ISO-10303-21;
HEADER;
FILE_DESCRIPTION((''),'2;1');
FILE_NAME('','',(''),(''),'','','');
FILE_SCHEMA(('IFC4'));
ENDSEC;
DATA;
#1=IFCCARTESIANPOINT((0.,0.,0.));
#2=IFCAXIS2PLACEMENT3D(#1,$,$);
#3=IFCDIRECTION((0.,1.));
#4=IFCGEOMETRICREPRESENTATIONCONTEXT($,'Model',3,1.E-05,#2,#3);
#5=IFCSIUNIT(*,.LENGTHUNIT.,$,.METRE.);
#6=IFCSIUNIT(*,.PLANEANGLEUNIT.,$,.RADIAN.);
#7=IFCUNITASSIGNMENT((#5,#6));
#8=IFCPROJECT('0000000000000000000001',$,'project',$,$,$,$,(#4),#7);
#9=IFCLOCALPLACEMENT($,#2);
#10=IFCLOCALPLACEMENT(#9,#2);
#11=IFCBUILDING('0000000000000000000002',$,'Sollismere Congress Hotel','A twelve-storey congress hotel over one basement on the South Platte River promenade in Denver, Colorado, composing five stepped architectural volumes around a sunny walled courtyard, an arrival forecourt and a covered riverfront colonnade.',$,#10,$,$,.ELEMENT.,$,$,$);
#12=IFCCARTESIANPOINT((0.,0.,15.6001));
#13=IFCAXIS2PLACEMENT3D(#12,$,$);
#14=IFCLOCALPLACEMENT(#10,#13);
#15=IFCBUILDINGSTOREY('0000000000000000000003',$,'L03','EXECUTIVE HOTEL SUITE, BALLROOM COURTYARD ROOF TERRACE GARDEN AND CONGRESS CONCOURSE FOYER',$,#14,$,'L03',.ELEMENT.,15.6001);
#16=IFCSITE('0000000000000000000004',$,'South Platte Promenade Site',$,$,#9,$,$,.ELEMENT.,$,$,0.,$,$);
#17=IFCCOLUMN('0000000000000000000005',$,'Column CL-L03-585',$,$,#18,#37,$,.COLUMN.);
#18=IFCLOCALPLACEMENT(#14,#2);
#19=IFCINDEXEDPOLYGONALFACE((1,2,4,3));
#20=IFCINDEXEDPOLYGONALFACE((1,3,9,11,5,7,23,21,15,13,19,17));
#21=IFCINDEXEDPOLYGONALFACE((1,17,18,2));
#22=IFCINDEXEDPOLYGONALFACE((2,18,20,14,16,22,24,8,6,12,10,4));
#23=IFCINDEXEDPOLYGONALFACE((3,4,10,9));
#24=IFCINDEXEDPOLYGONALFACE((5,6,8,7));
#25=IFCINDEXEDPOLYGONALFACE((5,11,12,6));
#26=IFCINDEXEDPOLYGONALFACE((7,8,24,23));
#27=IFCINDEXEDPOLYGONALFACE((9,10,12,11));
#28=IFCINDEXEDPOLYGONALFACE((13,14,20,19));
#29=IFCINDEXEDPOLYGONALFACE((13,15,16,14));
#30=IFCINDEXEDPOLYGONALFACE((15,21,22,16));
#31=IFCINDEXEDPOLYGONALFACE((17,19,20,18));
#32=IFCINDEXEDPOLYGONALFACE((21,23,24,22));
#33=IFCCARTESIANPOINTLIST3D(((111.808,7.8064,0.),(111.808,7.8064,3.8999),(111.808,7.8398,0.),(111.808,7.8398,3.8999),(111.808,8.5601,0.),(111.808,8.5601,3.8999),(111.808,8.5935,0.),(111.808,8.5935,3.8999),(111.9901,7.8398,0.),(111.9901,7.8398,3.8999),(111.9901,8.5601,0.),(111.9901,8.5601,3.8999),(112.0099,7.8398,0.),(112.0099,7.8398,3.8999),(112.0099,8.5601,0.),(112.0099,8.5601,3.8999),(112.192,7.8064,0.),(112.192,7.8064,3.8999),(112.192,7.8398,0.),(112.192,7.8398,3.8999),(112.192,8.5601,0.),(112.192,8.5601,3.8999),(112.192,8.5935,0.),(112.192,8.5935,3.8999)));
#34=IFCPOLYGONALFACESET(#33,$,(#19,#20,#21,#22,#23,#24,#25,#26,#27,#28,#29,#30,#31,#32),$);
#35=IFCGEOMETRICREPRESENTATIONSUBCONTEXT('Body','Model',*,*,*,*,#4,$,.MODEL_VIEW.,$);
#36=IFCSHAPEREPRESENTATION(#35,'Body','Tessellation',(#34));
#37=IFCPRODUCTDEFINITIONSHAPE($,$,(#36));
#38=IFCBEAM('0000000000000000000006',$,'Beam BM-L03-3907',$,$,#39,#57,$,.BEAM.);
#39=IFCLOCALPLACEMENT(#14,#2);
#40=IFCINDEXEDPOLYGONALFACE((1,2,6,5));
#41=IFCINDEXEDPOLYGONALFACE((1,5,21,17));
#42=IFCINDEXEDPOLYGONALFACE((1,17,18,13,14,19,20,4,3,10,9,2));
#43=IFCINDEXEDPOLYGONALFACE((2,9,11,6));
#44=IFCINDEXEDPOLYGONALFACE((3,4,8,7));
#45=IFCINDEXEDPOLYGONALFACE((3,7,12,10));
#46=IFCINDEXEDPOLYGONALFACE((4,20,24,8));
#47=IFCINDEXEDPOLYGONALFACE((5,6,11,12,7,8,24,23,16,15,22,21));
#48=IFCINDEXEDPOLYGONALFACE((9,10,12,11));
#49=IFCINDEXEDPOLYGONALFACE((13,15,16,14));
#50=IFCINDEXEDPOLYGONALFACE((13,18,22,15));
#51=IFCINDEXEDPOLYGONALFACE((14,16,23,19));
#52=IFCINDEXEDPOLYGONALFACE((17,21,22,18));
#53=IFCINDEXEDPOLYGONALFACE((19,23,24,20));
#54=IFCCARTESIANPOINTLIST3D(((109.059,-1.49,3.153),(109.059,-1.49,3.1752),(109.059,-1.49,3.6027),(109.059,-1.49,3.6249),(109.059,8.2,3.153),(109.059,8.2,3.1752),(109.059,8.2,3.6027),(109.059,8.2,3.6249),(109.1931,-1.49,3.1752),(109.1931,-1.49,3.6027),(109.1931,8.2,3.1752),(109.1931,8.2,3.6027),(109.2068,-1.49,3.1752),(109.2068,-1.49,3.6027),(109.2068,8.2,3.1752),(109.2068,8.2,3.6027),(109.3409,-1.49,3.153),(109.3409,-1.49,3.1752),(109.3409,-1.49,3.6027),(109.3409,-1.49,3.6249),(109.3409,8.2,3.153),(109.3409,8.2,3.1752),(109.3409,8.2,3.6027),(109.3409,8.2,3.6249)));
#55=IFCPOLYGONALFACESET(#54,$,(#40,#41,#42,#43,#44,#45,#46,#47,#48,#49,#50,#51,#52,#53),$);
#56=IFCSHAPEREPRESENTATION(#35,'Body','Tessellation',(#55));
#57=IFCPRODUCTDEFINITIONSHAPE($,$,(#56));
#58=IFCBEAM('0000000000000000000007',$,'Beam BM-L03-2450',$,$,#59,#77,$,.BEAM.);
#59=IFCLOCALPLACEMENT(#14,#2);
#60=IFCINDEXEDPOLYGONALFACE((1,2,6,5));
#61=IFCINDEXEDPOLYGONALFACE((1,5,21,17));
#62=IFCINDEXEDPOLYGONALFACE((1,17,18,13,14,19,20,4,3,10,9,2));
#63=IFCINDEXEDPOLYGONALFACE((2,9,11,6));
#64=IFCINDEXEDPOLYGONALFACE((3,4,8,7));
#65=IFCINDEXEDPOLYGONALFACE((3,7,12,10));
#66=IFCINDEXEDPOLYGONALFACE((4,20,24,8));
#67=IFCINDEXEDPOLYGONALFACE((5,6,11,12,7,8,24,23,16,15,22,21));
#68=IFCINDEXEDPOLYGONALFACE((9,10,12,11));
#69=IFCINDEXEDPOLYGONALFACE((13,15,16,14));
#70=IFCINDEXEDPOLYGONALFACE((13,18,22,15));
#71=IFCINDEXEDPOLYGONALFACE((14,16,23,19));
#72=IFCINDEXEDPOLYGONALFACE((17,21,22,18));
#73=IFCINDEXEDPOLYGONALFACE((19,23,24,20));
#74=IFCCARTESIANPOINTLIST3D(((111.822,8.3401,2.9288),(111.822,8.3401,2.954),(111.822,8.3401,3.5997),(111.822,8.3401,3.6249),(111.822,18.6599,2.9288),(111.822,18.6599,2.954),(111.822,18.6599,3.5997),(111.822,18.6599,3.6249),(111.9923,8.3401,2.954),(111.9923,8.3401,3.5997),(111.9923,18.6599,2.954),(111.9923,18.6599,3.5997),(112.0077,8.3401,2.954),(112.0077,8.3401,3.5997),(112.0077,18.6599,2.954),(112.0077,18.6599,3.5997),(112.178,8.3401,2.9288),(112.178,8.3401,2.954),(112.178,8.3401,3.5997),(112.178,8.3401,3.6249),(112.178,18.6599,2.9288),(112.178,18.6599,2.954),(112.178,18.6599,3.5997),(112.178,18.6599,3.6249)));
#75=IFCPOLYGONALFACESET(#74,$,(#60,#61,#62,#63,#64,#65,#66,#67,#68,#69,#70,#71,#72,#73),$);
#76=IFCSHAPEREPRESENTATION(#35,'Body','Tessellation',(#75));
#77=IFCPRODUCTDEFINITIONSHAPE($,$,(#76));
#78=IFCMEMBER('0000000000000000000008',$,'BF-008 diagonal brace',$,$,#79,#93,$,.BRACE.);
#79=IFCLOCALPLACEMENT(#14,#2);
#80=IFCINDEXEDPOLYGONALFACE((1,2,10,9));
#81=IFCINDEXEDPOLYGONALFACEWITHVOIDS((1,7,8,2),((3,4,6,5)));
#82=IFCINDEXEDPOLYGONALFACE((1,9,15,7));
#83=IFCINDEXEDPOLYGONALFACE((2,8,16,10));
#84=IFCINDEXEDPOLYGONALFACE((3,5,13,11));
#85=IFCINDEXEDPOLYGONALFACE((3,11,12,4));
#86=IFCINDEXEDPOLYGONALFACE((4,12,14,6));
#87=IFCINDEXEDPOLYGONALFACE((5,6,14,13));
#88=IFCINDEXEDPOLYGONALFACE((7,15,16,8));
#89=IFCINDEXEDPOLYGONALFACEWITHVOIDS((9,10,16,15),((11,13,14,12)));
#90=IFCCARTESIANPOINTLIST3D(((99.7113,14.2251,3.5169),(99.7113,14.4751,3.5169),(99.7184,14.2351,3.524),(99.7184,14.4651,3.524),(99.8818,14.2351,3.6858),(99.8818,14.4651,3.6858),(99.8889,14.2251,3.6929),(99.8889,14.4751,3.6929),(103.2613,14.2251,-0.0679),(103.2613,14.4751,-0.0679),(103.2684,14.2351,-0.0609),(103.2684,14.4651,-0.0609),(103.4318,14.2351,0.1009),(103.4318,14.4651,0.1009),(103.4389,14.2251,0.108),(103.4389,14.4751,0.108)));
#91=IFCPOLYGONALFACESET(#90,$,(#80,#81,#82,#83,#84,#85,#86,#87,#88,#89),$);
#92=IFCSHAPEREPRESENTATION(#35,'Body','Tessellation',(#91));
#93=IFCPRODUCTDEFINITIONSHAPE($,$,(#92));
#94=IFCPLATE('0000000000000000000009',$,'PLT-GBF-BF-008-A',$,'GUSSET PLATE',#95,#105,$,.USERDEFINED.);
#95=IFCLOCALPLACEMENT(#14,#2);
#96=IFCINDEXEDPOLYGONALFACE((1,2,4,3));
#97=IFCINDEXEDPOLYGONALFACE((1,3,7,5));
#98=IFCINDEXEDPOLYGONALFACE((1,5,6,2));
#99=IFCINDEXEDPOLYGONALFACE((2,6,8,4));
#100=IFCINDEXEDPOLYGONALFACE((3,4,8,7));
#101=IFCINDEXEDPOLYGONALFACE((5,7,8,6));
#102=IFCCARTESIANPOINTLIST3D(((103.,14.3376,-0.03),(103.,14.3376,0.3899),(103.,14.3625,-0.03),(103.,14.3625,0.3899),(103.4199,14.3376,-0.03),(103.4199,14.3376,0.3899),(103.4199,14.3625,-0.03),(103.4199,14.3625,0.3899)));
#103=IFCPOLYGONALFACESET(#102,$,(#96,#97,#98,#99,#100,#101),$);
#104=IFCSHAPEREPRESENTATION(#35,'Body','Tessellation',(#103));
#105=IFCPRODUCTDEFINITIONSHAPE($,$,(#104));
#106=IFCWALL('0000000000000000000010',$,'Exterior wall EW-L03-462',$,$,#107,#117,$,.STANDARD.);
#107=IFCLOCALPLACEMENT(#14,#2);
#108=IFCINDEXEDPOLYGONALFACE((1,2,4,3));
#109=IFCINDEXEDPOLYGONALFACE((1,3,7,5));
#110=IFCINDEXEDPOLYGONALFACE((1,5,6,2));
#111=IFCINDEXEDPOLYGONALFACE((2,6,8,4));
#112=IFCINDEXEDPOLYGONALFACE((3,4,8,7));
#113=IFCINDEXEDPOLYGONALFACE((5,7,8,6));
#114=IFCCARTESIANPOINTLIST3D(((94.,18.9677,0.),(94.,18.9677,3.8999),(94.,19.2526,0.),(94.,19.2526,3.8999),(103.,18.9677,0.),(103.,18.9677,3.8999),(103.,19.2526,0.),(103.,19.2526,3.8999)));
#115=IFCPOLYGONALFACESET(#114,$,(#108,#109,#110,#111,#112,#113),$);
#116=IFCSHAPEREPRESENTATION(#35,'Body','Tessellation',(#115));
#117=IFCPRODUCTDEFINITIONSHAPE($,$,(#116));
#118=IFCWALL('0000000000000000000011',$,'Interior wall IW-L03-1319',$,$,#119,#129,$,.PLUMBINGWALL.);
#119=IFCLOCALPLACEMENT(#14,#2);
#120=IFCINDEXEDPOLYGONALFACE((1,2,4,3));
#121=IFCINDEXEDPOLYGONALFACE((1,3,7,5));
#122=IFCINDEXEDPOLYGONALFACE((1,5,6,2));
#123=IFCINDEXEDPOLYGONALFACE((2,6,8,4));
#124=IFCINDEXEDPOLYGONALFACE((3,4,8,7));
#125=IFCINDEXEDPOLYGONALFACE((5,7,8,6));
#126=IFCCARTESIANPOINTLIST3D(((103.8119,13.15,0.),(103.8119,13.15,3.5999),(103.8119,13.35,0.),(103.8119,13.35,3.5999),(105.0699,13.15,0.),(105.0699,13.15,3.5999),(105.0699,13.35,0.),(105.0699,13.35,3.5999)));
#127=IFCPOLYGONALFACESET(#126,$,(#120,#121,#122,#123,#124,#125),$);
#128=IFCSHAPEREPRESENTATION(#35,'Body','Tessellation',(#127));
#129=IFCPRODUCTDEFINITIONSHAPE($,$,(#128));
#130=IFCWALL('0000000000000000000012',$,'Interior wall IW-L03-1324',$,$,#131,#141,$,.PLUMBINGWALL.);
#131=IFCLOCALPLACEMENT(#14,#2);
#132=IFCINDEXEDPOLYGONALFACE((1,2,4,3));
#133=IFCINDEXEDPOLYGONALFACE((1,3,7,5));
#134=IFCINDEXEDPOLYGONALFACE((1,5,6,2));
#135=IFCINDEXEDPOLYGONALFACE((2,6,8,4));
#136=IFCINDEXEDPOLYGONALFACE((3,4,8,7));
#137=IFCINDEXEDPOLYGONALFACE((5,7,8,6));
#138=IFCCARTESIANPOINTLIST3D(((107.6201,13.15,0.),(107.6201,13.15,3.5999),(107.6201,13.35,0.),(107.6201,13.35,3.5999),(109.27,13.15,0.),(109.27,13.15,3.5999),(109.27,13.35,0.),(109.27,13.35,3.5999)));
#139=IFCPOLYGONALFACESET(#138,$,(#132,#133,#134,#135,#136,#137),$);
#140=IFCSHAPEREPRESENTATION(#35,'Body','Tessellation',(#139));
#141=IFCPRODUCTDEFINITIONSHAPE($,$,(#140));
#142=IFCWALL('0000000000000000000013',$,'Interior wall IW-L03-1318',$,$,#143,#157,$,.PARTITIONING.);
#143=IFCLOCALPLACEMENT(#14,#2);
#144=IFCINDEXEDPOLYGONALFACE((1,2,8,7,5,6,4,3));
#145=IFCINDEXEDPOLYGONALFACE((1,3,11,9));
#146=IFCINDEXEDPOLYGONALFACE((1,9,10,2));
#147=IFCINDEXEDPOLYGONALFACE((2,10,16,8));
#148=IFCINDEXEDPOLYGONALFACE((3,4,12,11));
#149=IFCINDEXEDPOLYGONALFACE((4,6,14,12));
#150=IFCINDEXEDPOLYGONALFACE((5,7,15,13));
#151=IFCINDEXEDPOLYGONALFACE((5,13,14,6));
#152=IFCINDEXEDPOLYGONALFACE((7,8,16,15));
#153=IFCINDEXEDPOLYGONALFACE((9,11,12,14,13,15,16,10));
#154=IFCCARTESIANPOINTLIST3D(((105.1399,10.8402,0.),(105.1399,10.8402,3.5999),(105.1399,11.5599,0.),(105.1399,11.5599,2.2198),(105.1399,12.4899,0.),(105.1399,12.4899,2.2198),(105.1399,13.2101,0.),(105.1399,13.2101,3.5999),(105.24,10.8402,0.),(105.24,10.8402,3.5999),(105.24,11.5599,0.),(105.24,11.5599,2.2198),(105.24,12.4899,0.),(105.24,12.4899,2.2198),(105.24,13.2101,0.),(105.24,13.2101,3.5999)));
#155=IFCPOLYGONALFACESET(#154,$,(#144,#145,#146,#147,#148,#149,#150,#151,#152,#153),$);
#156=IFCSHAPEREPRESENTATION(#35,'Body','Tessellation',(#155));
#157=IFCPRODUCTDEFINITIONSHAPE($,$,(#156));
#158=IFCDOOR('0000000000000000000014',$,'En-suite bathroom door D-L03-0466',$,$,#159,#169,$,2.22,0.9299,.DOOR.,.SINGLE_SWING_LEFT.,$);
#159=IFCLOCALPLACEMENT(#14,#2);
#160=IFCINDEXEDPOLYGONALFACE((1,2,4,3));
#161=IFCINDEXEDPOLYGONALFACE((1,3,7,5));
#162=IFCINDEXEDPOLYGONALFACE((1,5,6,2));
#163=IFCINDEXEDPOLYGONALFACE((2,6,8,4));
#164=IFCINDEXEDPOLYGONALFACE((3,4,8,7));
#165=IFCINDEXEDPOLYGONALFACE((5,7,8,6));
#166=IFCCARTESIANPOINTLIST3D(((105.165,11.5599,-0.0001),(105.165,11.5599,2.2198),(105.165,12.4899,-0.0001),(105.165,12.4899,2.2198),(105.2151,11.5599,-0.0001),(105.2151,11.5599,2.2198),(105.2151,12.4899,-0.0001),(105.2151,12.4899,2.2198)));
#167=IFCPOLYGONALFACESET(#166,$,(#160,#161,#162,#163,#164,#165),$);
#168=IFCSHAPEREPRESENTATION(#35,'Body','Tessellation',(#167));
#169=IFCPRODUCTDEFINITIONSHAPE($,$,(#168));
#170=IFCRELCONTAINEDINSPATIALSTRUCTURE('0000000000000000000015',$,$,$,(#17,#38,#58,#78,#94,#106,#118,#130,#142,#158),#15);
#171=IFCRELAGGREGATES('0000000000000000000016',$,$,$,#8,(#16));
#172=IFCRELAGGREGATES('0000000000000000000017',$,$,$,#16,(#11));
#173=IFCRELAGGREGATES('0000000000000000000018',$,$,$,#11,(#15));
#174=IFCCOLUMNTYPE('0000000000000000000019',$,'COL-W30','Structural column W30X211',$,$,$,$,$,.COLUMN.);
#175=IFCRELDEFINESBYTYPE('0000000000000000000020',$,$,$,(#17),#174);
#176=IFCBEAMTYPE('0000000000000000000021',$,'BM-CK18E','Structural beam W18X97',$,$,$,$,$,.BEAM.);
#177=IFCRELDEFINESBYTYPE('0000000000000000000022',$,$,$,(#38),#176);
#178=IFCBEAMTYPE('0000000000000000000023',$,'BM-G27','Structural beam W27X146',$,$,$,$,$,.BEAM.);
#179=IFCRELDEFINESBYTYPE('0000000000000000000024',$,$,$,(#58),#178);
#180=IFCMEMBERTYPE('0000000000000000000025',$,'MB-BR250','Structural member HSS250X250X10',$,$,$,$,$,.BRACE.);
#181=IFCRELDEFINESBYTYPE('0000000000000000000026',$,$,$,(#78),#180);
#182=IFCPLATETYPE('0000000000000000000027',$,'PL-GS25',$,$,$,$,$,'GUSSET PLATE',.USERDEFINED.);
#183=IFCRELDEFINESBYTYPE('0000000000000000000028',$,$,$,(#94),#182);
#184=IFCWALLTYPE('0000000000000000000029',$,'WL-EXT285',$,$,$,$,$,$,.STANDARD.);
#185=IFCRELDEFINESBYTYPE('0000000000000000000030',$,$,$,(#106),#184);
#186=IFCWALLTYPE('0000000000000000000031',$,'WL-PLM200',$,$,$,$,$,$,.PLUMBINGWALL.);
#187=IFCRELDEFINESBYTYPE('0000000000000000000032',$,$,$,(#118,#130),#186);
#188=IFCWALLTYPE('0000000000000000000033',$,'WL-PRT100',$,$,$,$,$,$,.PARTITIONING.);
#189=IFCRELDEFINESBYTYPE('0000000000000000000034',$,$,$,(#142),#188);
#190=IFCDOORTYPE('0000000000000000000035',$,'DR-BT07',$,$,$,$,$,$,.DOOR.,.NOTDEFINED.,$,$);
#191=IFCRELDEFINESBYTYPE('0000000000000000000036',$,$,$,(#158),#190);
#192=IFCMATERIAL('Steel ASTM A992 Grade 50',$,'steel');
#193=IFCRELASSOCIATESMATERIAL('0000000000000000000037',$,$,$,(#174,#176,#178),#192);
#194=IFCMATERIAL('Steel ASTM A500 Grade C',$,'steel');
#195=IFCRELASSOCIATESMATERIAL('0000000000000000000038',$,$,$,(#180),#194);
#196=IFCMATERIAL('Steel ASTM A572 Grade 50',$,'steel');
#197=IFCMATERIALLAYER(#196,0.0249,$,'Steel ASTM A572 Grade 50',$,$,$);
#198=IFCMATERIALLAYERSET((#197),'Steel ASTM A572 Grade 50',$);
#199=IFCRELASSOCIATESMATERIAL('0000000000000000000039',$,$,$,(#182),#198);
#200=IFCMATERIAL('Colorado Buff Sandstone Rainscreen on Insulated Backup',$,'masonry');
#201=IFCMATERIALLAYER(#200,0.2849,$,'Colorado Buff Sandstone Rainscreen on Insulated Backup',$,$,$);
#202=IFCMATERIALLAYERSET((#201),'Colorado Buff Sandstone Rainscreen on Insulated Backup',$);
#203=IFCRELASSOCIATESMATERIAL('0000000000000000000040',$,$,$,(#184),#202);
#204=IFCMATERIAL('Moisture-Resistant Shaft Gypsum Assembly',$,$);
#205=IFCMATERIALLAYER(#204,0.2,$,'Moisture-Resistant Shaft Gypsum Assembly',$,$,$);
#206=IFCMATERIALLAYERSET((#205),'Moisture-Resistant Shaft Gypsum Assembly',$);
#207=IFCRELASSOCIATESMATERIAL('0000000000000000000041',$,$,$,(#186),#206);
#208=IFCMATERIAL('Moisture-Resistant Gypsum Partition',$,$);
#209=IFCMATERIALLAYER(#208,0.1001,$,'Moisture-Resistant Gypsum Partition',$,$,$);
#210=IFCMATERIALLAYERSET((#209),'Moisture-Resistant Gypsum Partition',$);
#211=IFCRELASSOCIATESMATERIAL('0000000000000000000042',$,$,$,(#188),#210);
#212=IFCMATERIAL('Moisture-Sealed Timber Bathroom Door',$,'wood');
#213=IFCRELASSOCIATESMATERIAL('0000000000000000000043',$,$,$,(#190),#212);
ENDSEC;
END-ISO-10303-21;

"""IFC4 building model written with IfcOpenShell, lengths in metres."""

from ifc_helpers import new_model, si_unit, direction, frame, frame_2d, origin, origin_2d, place, context, subcontext, project, spatial, rectangle, hollow_rectangle, i_section, extrude, material, layer, layer_set, material_profile, profile_set, type_object, element, fill, save


model = new_model("IFC4")

# Units and contexts
model_context = context("Model", 3, precision=1e-05, world=origin(), true_north=direction((0.0, 1.0)))
body_context = subcontext(model_context, "Body", "Model", "MODEL_VIEW")
ifc_project = project(units=[si_unit("LENGTHUNIT", "METRE"), si_unit("PLANEANGLEUNIT", "RADIAN")], contexts=[model_context])

# Site, building, storey
site_placement = place(None, origin())
site = spatial("IfcSite", under=ifc_project, at=site_placement, Name="South Platte Promenade Site", CompositionType="ELEMENT", RefElevation=0.0)
building_placement = place(site_placement, origin())
building = spatial("IfcBuilding", under=site, at=building_placement, Name="Sollismere Congress Hotel", Description="A twelve-storey congress hotel over one basement on the South Platte River promenade in Denver, Colorado, composing five stepped architectural volumes around a sunny walled courtyard, an arrival forecourt and a covered riverfront colonnade.", CompositionType="ELEMENT")
storey_placement = place(building_placement, frame((0.0, 0.0, 15.6001)))
storey = spatial("IfcBuildingStorey", under=building, at=storey_placement, Name="L03", Description="EXECUTIVE HOTEL SUITE, BALLROOM COURTYARD ROOF TERRACE GARDEN AND CONGRESS CONCOURSE FOYER", LongName="L03", CompositionType="ELEMENT", Elevation=15.6001)

# Column
ifc_material_1 = material(Name="Steel ASTM A992 Grade 50", Category="steel")
ifc_material_profile_1 = material_profile(ifc_material_1, i_section(OverallWidth=0.384, OverallDepth=0.7871, WebThickness=0.0198, FlangeThickness=0.0334, at=origin_2d()), Name="W30X211")
ifc_profile_set_1 = profile_set([ifc_material_profile_1], Name="Steel ASTM A992 Grade 50")
column_type = type_object("IfcColumnType", Name="COL-W30", Description="Structural column W30X211", PredefinedType="COLUMN", material=ifc_profile_set_1)
column_placement = place(storey_placement, frame((112.0, 8.2, 0.0), z_axis=(0.0, 0.0, 1.0), x_axis=(1.0, 0.0, 0.0)))
element("IfcColumn", 1, at=column_placement, inside=storey, type_object=column_type, Name="Column CL-L03-585", PredefinedType="COLUMN", context=body_context, shape_type="SweptSolid", body=[
    extrude(i_section(OverallWidth=0.384, OverallDepth=0.7871, WebThickness=0.0198, FlangeThickness=0.0334, at=origin_2d()), origin(), (0.0, 0.0, 1.0), 3.8999),
])

# Beams
ifc_material_profile_2 = material_profile(ifc_material_1, i_section(OverallWidth=0.282, OverallDepth=0.4719, WebThickness=0.0137, FlangeThickness=0.0222, at=origin_2d()), Name="W18X97")
ifc_profile_set_2 = profile_set([ifc_material_profile_2], Name="Steel ASTM A992 Grade 50")
beam_type_1 = type_object("IfcBeamType", Name="BM-CK18E", Description="Structural beam W18X97", PredefinedType="BEAM", material=ifc_profile_set_2)
beam_1_placement = place(storey_placement, frame((109.2, 8.2, 3.3889), z_axis=(0.0, -1.0, 0.0), x_axis=(1.0, 0.0, 0.0)))
element("IfcBeam", 2, at=beam_1_placement, inside=storey, type_object=beam_type_1, Name="Beam BM-L03-3907", PredefinedType="BEAM", context=body_context, shape_type="SweptSolid", body=[
    extrude(i_section(OverallWidth=0.282, OverallDepth=0.4719, WebThickness=0.0137, FlangeThickness=0.0222, at=origin_2d()), origin(), (0.0, 0.0, 1.0), 9.6899),
])
ifc_material_profile_3 = material_profile(ifc_material_1, i_section(OverallWidth=0.356, OverallDepth=0.696, WebThickness=0.0154, FlangeThickness=0.0251, at=origin_2d()), Name="W27X146")
ifc_profile_set_3 = profile_set([ifc_material_profile_3], Name="Steel ASTM A992 Grade 50")
beam_type_2 = type_object("IfcBeamType", Name="BM-G27", Description="Structural beam W27X146", PredefinedType="BEAM", material=ifc_profile_set_3)
beam_2_placement = place(storey_placement, frame((112.0, 8.3401, 3.2769), z_axis=(0.0, 1.0, 0.0), x_axis=(-1.0, 0.0, 0.0)))
element("IfcBeam", 3, at=beam_2_placement, inside=storey, type_object=beam_type_2, Name="Beam BM-L03-2450", PredefinedType="BEAM", context=body_context, shape_type="SweptSolid", body=[
    extrude(i_section(OverallWidth=0.356, OverallDepth=0.696, WebThickness=0.0154, FlangeThickness=0.0251, at=origin_2d()), origin(), (0.0, 0.0, 1.0), 10.3198),
])

# Member
ifc_material_2 = material(Name="Steel ASTM A500 Grade C", Category="steel")
ifc_material_profile_4 = material_profile(ifc_material_2, hollow_rectangle(XDim=0.25, YDim=0.25, WallThickness=0.01, at=origin_2d()), Name="HSS250X250X10")
ifc_profile_set_4 = profile_set([ifc_material_profile_4], Name="Steel ASTM A500 Grade C")
member_type = type_object("IfcMemberType", Name="MB-BR250", Description="Structural member HSS250X250X10", PredefinedType="BRACE", material=ifc_profile_set_4)
member_placement = place(storey_placement, frame((103.3501, 14.3501, 0.02), z_axis=(-0.703638, 0.0, 0.710558), x_axis=(0.0, -1.0, 0.0)))
element("IfcMember", 4, at=member_placement, inside=storey, type_object=member_type, Name="BF-008 diagonal brace", PredefinedType="BRACE", context=body_context, shape_type="SweptSolid", body=[
    extrude(hollow_rectangle(XDim=0.25, YDim=0.25, WallThickness=0.01, at=origin_2d()), origin(), (0.0, 0.0, 1.0), 5.0452),
])

# Plate
ifc_material_3 = material(Name="Steel ASTM A572 Grade 50", Category="steel")
ifc_layer_1 = layer(ifc_material_3, 0.0249, Name="Steel ASTM A572 Grade 50")
ifc_layer_set_1 = layer_set([ifc_layer_1], Name="Steel ASTM A572 Grade 50")
plate_type = type_object("IfcPlateType", Name="PL-GS25", ElementType="GUSSET PLATE", PredefinedType="USERDEFINED", material=ifc_layer_set_1)
plate_placement = place(storey_placement, frame((103.21, 14.3501, -0.03), z_axis=(0.0, 0.0, 1.0), x_axis=(1.0, 0.0, 0.0)))
element("IfcPlate", 5, at=plate_placement, inside=storey, type_object=plate_type, Name="PLT-GBF-BF-008-A", ObjectType="GUSSET PLATE", PredefinedType="USERDEFINED", context=body_context, shape_type="SweptSolid", body=[
    extrude(rectangle(XDim=0.4199, YDim=0.0249, at=origin_2d()), origin(), (0.0, 0.0, 1.0), 0.4199),
])

# Walls
ifc_material_4 = material(Name="Colorado Buff Sandstone Rainscreen on Insulated Backup", Category="masonry")
ifc_layer_2 = layer(ifc_material_4, 0.2849, Name="Colorado Buff Sandstone Rainscreen on Insulated Backup")
ifc_layer_set_2 = layer_set([ifc_layer_2], Name="Colorado Buff Sandstone Rainscreen on Insulated Backup")
wall_type_1 = type_object("IfcWallType", Name="WL-EXT285", PredefinedType="STANDARD", material=ifc_layer_set_2)
wall_1_placement = place(storey_placement, frame((103.0, 19.1101, 0.0), z_axis=(0.0, 0.0, 1.0), x_axis=(-1.0, 0.0, 0.0)))
element("IfcWall", 6, at=wall_1_placement, inside=storey, type_object=wall_type_1, Name="Exterior wall EW-L03-462", PredefinedType="STANDARD", context=body_context, shape_type="SweptSolid", body=[
    extrude(rectangle(XDim=9.0, YDim=0.2849, at=frame_2d((4.5, 0.0))), origin(), (0.0, 0.0, 1.0), 3.8999),
])
ifc_material_5 = material(Name="Moisture-Resistant Shaft Gypsum Assembly")
ifc_layer_3 = layer(ifc_material_5, 0.2, Name="Moisture-Resistant Shaft Gypsum Assembly")
ifc_layer_set_3 = layer_set([ifc_layer_3], Name="Moisture-Resistant Shaft Gypsum Assembly")
wall_type_2 = type_object("IfcWallType", Name="WL-PLM200", PredefinedType="PLUMBINGWALL", material=ifc_layer_set_3)
wall_2_placement = place(storey_placement, frame((103.812, 13.25, 0.0), z_axis=(0.0, 0.0, 1.0), x_axis=(1.0, 0.0, 0.0)))
element("IfcWall", 7, at=wall_2_placement, inside=storey, type_object=wall_type_2, Name="Interior wall IW-L03-1319", PredefinedType="PLUMBINGWALL", context=body_context, shape_type="SweptSolid", body=[
    extrude(rectangle(XDim=1.2581, YDim=0.2, at=frame_2d((0.6289, 0.0))), origin(), (0.0, 0.0, 1.0), 3.5999),
])
wall_3_placement = place(storey_placement, frame((107.6201, 13.25, 0.0), z_axis=(0.0, 0.0, 1.0), x_axis=(1.0, 0.0, 0.0)))
element("IfcWall", 8, at=wall_3_placement, inside=storey, type_object=wall_type_2, Name="Interior wall IW-L03-1324", PredefinedType="PLUMBINGWALL", context=body_context, shape_type="SweptSolid", body=[
    extrude(rectangle(XDim=1.6499, YDim=0.2, at=frame_2d((0.825, 0.0))), origin(), (0.0, 0.0, 1.0), 3.5999),
])

# Wall, opening, door
ifc_material_6 = material(Name="Moisture-Resistant Gypsum Partition")
ifc_layer_4 = layer(ifc_material_6, 0.1001, Name="Moisture-Resistant Gypsum Partition")
ifc_layer_set_4 = layer_set([ifc_layer_4], Name="Moisture-Resistant Gypsum Partition")
wall_type_3 = type_object("IfcWallType", Name="WL-PRT100", PredefinedType="PARTITIONING", material=ifc_layer_set_4)
wall_4_placement = place(storey_placement, frame((105.1899, 10.8401, 0.0), z_axis=(0.0, 0.0, 1.0), x_axis=(0.0, 1.0, 0.0)))
wall_4 = element("IfcWall", 9, at=wall_4_placement, inside=storey, type_object=wall_type_3, Name="Interior wall IW-L03-1318", PredefinedType="PARTITIONING", context=body_context, shape_type="SweptSolid", body=[
    extrude(rectangle(XDim=2.3699, YDim=0.1001, at=frame_2d((1.1851, 0.0))), origin(), (0.0, 0.0, 1.0), 3.5999),
])
opening_1_placement = place(wall_4_placement, frame((0.72, 0.0, 0.0)))
opening_1 = element("IfcOpeningElement", 10, at=opening_1_placement, cuts=wall_4, PredefinedType="OPENING", context=body_context, shape_type="SweptSolid", body=[
    extrude(rectangle(XDim=0.9299, YDim=2.22, at=frame_2d((0.4648, 1.1099))), frame((0.0, 0.0601, 0.0), z_axis=(0.0, -1.0, 0.0), x_axis=(1.0, 0.0, 0.0)), (0.0, 0.0, 1.0), 0.1201),
])
ifc_material_7 = material(Name="Moisture-Sealed Timber Bathroom Door", Category="wood")
door_type_1 = type_object("IfcDoorType", Name="DR-BT07", OperationType="NOTDEFINED", PredefinedType="DOOR", material=ifc_material_7)
door_1_placement = place(opening_1_placement, origin())
door_1 = element("IfcDoor", 11, at=door_1_placement, inside=storey, type_object=door_type_1, Name="En-suite bathroom door D-L03-0466", OperationType="SINGLE_SWING_LEFT", OverallHeight=2.22, OverallWidth=0.9299, PredefinedType="DOOR", context=body_context, shape_type="SweptSolid", body=[
    extrude(rectangle(XDim=0.9299, YDim=2.22, at=frame_2d((0.4648, 1.1099))), frame((0.0, 0.0249, 0.0), z_axis=(0.0, -1.0, 0.0), x_axis=(1.0, 0.0, 0.0)), (0.0, 0.0, 1.0), 0.05),
])
fill(opening_1, door_1)

save(model, "model.ifc")
